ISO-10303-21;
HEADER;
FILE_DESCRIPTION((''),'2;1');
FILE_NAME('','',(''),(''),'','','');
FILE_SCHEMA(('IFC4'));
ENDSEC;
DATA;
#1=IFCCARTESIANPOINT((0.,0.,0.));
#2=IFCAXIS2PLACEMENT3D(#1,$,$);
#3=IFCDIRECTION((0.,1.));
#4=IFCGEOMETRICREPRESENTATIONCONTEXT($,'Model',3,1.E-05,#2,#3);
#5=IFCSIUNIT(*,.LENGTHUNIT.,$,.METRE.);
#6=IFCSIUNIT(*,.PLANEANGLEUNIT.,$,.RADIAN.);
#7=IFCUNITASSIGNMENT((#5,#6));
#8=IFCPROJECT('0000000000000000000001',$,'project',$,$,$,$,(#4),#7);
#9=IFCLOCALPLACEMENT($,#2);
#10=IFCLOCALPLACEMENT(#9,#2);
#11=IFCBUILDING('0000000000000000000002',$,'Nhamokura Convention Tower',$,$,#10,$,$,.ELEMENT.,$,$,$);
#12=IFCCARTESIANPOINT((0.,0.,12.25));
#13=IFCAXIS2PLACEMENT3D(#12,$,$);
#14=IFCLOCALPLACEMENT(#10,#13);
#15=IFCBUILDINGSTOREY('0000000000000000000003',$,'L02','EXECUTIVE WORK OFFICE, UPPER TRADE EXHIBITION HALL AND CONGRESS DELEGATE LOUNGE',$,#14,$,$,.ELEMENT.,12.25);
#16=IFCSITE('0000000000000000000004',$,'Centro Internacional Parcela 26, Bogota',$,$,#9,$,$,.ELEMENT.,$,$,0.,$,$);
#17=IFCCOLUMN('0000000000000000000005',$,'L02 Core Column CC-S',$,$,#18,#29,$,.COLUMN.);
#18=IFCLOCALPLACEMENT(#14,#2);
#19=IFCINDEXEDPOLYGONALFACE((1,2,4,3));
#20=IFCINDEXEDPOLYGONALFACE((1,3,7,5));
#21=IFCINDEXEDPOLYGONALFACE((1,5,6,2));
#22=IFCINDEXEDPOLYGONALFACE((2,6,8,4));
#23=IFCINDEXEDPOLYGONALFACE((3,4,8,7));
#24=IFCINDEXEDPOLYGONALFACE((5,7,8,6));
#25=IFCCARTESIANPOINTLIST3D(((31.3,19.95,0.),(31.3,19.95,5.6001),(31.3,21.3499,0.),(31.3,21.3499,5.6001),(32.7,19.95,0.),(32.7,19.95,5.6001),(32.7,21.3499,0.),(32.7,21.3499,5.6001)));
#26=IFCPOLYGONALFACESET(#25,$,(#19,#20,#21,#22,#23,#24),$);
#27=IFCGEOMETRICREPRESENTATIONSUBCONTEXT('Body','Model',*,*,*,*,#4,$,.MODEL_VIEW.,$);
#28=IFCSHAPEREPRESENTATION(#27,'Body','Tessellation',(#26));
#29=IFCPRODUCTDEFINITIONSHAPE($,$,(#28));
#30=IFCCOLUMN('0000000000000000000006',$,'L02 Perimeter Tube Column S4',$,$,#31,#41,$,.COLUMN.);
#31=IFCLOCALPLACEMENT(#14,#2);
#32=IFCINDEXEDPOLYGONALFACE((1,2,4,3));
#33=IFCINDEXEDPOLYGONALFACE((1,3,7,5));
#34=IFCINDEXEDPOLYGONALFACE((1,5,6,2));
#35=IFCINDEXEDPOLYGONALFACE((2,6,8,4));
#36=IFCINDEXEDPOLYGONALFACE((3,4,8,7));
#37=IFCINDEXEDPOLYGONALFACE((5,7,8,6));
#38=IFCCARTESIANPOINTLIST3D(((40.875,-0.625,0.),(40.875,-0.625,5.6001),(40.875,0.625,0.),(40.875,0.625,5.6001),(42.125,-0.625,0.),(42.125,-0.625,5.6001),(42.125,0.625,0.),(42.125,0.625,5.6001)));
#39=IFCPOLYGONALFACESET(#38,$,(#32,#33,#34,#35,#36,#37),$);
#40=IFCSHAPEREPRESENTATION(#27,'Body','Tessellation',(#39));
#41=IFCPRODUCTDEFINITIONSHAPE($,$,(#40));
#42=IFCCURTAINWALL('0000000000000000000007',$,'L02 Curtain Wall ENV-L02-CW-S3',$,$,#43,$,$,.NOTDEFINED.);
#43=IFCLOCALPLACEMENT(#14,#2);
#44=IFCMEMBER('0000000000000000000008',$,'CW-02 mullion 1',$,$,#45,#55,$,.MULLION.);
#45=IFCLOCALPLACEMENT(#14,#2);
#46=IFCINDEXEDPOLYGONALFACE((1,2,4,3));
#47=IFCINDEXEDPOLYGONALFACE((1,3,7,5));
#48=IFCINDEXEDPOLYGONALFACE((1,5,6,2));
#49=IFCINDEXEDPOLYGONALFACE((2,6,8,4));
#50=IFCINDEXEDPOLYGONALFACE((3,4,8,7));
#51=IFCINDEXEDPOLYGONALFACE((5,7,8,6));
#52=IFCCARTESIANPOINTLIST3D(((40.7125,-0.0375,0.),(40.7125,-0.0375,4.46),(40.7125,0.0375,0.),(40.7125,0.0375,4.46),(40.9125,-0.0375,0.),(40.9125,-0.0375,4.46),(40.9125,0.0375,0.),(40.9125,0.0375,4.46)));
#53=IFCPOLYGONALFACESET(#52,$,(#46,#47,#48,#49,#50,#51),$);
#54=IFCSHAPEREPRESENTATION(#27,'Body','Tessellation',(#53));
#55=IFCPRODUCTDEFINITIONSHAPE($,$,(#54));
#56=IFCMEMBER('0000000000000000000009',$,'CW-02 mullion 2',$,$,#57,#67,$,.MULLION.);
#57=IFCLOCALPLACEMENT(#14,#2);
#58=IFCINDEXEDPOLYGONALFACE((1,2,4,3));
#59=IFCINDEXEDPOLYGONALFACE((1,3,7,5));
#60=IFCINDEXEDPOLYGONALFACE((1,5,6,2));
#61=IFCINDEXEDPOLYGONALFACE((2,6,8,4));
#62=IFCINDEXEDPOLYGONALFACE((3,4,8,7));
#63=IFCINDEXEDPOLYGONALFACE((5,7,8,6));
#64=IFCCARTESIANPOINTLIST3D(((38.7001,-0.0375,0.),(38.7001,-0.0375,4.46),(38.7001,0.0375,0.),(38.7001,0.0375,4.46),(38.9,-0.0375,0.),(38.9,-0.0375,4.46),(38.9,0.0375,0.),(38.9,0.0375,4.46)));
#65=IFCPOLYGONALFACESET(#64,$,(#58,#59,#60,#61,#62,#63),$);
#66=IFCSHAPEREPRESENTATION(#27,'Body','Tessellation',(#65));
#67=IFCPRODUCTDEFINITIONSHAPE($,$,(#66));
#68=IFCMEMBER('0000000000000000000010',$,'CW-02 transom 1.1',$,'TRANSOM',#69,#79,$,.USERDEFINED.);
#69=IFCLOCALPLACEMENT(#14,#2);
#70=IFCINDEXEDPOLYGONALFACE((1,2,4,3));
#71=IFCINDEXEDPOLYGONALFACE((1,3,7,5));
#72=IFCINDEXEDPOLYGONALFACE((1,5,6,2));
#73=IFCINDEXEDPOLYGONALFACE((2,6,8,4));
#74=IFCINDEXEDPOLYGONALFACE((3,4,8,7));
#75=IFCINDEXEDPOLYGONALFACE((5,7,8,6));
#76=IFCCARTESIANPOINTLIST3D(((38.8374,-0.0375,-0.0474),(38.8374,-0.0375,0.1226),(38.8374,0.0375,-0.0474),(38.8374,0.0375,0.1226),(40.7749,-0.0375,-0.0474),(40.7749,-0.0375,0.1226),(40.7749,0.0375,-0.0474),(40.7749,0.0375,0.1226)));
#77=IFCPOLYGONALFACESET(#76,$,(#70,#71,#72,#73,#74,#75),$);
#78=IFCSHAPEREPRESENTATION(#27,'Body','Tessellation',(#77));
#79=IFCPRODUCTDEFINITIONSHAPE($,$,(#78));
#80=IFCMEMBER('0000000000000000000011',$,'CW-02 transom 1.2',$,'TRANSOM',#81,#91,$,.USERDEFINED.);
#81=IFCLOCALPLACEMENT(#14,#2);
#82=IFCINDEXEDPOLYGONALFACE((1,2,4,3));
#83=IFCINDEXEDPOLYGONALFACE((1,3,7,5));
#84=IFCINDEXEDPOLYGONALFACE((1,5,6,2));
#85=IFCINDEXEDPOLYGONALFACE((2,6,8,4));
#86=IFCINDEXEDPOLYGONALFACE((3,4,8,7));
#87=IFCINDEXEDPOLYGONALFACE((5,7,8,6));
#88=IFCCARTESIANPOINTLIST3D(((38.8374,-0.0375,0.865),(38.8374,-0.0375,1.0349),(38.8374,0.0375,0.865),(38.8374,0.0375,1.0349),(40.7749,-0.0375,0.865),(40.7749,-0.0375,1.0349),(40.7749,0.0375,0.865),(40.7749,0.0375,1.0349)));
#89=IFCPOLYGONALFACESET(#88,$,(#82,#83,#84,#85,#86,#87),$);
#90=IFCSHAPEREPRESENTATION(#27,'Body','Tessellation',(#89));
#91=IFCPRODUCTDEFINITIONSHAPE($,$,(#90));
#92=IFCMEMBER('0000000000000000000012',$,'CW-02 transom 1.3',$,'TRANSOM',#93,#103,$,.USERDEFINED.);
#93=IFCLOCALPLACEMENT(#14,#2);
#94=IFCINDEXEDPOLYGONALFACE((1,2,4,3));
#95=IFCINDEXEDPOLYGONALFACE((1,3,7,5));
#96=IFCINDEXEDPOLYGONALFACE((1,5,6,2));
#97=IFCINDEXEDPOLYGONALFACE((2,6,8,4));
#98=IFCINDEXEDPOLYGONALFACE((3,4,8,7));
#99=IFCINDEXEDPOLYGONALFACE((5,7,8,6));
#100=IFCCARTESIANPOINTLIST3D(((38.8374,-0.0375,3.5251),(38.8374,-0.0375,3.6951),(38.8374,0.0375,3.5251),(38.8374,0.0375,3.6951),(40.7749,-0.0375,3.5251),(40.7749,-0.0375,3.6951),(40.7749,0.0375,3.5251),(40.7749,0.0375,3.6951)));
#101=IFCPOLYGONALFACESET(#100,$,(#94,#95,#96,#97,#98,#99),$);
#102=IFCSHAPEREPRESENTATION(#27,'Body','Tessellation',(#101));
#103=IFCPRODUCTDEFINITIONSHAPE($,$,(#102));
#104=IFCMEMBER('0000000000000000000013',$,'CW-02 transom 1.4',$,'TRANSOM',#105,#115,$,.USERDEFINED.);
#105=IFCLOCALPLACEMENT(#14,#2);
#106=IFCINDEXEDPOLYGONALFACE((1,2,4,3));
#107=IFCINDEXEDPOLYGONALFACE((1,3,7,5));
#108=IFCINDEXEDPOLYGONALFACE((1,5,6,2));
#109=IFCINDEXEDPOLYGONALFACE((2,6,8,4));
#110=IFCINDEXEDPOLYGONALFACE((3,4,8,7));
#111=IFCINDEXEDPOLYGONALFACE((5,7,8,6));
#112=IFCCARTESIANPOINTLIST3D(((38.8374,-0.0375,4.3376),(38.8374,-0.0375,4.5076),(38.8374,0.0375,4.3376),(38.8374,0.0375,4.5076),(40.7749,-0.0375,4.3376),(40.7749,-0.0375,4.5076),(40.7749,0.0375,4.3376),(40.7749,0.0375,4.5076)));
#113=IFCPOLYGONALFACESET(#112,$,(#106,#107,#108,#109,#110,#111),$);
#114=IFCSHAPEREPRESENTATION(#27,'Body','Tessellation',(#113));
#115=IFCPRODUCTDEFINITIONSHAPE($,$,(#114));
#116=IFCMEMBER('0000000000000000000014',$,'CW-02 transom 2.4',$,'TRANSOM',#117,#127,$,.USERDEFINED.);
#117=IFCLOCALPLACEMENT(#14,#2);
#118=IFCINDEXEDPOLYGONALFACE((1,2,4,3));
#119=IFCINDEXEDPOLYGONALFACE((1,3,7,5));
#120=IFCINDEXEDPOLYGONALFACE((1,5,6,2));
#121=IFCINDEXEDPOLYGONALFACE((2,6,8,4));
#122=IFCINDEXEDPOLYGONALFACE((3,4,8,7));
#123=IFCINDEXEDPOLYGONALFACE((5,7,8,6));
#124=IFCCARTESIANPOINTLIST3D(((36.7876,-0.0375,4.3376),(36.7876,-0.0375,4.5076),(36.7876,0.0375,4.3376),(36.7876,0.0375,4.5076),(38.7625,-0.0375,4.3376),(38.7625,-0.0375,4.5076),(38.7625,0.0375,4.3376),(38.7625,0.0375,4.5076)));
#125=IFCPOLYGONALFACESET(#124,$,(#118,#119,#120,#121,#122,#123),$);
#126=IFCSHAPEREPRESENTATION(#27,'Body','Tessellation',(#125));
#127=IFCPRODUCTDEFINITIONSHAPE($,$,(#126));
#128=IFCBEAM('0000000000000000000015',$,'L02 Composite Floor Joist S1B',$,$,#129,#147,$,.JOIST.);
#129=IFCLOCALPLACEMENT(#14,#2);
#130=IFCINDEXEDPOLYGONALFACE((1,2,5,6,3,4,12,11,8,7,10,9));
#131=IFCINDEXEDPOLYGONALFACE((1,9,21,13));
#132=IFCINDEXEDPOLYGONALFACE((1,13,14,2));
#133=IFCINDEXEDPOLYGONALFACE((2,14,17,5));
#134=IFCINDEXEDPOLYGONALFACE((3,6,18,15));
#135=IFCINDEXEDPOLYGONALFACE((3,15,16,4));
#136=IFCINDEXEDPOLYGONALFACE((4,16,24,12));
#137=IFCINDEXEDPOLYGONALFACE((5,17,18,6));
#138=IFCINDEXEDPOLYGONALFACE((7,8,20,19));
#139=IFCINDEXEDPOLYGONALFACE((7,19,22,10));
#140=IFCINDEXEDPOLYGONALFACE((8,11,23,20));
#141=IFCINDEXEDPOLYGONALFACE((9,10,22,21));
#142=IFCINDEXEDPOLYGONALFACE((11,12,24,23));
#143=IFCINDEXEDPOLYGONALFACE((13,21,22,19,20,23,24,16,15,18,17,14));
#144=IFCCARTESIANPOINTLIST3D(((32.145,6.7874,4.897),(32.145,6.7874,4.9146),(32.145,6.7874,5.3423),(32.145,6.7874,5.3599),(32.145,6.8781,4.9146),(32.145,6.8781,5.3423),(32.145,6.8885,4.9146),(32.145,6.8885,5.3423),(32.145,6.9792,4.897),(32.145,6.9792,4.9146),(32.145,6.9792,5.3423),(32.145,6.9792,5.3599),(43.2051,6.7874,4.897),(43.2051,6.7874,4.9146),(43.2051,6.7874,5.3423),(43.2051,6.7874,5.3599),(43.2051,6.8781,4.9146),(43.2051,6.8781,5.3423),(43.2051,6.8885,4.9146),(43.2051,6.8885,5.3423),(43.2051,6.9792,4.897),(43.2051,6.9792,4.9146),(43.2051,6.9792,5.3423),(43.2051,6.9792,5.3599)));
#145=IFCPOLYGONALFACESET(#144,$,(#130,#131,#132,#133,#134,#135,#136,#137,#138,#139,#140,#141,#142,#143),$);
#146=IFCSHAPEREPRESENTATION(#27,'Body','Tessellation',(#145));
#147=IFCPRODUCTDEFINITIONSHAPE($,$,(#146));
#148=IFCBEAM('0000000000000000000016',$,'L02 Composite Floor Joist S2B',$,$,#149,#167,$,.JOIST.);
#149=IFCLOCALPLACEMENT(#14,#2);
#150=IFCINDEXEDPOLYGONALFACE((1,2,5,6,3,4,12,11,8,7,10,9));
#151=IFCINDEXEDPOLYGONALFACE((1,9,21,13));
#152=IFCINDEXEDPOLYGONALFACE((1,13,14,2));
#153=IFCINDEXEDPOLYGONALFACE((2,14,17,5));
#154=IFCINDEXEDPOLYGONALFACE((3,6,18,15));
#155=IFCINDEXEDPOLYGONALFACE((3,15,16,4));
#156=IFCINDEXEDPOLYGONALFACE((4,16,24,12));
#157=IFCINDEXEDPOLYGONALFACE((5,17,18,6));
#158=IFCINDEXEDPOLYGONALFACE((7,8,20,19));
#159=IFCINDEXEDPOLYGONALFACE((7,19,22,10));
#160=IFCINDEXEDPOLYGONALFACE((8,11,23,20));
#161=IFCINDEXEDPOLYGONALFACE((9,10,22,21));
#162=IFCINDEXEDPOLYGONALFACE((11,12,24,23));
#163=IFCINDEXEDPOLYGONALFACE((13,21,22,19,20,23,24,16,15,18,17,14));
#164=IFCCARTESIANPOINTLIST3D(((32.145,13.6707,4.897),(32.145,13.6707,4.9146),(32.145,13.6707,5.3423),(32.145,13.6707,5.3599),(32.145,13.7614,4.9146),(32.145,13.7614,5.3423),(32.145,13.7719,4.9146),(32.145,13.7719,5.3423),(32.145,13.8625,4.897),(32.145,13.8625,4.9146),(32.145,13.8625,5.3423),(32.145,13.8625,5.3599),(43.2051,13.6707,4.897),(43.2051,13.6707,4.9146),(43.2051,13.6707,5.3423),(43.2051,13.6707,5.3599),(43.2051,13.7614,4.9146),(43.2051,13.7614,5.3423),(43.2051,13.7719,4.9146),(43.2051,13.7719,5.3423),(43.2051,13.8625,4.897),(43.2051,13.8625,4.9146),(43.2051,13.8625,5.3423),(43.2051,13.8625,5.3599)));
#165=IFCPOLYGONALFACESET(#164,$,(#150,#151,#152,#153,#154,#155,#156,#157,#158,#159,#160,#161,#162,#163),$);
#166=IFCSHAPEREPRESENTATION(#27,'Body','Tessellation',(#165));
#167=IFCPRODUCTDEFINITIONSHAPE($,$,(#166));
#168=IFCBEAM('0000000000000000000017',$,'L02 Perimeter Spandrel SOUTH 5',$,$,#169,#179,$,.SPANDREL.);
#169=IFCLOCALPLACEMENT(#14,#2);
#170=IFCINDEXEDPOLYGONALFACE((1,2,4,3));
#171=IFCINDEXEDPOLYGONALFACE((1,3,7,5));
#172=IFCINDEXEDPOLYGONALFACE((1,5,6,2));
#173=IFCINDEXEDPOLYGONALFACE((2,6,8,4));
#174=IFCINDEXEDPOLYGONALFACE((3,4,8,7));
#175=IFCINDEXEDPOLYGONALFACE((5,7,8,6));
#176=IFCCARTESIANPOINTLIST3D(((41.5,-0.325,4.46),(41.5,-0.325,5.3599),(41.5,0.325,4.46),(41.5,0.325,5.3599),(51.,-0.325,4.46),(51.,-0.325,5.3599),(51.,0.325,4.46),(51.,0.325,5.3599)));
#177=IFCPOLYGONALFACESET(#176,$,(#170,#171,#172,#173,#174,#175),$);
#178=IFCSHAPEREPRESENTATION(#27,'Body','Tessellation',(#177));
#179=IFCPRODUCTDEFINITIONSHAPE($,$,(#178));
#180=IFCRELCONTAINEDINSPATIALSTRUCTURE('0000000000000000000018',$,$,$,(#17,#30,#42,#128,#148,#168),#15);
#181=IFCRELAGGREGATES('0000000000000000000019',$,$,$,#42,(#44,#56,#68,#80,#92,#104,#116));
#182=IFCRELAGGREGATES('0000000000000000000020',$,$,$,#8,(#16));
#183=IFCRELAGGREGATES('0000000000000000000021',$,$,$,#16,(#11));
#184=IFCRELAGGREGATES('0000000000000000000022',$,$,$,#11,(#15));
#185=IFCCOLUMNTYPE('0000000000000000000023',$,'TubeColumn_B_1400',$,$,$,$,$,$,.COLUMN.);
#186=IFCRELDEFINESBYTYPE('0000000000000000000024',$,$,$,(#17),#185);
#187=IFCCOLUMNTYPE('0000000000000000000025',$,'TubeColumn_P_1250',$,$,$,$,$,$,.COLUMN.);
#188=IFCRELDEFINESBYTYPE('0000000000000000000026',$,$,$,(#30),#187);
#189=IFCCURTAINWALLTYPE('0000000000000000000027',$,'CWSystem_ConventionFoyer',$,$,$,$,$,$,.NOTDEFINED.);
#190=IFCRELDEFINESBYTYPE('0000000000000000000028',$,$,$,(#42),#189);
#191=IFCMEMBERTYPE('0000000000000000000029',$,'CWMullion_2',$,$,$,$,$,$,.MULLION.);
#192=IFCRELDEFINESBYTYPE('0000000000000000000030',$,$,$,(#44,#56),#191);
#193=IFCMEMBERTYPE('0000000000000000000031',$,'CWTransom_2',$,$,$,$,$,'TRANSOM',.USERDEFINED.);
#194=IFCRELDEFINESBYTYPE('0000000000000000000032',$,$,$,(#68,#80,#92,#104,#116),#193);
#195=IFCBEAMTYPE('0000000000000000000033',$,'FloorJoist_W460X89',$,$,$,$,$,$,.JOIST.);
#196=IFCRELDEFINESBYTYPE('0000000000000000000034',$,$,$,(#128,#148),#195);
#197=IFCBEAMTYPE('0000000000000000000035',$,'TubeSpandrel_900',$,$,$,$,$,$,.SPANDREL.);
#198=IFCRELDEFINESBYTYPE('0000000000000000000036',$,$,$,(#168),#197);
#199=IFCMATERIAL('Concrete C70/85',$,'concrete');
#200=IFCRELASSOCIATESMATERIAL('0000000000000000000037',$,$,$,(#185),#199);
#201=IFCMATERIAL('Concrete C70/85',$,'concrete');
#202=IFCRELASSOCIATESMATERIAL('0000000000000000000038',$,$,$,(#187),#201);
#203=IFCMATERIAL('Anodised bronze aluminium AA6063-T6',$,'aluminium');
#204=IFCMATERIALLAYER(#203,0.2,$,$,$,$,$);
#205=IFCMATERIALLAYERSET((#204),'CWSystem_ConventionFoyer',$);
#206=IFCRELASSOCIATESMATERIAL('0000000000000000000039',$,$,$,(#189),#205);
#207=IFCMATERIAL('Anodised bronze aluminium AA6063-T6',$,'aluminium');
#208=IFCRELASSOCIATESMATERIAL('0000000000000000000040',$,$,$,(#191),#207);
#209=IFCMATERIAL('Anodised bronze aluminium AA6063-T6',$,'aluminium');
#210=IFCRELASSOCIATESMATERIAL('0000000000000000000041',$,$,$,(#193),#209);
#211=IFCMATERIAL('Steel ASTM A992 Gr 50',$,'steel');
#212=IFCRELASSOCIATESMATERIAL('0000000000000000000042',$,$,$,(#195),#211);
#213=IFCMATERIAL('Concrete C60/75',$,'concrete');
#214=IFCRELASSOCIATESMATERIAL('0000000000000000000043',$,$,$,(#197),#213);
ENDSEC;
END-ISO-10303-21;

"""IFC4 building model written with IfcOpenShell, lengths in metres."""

from ifc_helpers import new_model, si_unit, direction, frame, origin, origin_2d, place, context, subcontext, project, spatial, rectangle, i_section, extrude, material, layer, layer_set, material_profile, profile_set, type_object, element, aggregate, save


model = new_model("IFC4")

# Units and contexts
model_context = context("Model", 3, precision=1e-05, world=origin(), true_north=direction((0.0, 1.0)))
body_context = subcontext(model_context, "Body", "Model", "MODEL_VIEW")
ifc_project = project(units=[si_unit("LENGTHUNIT", "METRE"), si_unit("PLANEANGLEUNIT", "RADIAN")], contexts=[model_context])

# Site, building, storey
site_placement = place(None, origin())
site = spatial("IfcSite", under=ifc_project, at=site_placement, Name="Centro Internacional Parcela 26, Bogota", CompositionType="ELEMENT", RefElevation=0.0)
building_placement = place(site_placement, origin())
building = spatial("IfcBuilding", under=site, at=building_placement, Name="Nhamokura Convention Tower", CompositionType="ELEMENT")
storey_placement = place(building_placement, frame((0.0, 0.0, 12.25)))
storey = spatial("IfcBuildingStorey", under=building, at=storey_placement, Name="L02", Description="EXECUTIVE WORK OFFICE, UPPER TRADE EXHIBITION HALL AND CONGRESS DELEGATE LOUNGE", CompositionType="ELEMENT", Elevation=12.25)

# Columns
ifc_material_1 = material(Name="Concrete C70/85", Category="concrete")
ifc_material_profile_1 = material_profile(ifc_material_1, rectangle(XDim=1.3999, YDim=1.3999, at=origin_2d()))
ifc_profile_set_1 = profile_set([ifc_material_profile_1], Name="Concrete C70/85")
column_type_1 = type_object("IfcColumnType", Name="TubeColumn_B_1400", PredefinedType="COLUMN", material=ifc_profile_set_1)
column_1_placement = place(storey_placement, frame((32.0, 20.6499, 0.0), z_axis=(0.0, 0.0, 1.0), x_axis=(1.0, 0.0, 0.0)))
element("IfcColumn", 1, at=column_1_placement, inside=storey, type_object=column_type_1, Name="L02 Core Column CC-S", PredefinedType="COLUMN", context=body_context, shape_type="SweptSolid", body=[
    extrude(rectangle(XDim=1.3999, YDim=1.3999, at=origin_2d()), origin(), (0.0, 0.0, 1.0), 5.6001),
])
ifc_material_2 = material(Name="Concrete C70/85", Category="concrete")
ifc_material_profile_2 = material_profile(ifc_material_2, rectangle(XDim=1.25, YDim=1.25, at=origin_2d()))
ifc_profile_set_2 = profile_set([ifc_material_profile_2], Name="Concrete C70/85")
column_type_2 = type_object("IfcColumnType", Name="TubeColumn_P_1250", PredefinedType="COLUMN", material=ifc_profile_set_2)
column_2_placement = place(storey_placement, frame((41.5, 0.0, 0.0), z_axis=(0.0, 0.0, 1.0), x_axis=(1.0, 0.0, 0.0)))
element("IfcColumn", 2, at=column_2_placement, inside=storey, type_object=column_type_2, Name="L02 Perimeter Tube Column S4", PredefinedType="COLUMN", context=body_context, shape_type="SweptSolid", body=[
    extrude(rectangle(XDim=1.25, YDim=1.25, at=origin_2d()), origin(), (0.0, 0.0, 1.0), 5.6001),
])

# Curtain wall, members
ifc_material_3 = material(Name="Anodised bronze aluminium AA6063-T6", Category="aluminium")
ifc_layer_1 = layer(ifc_material_3, 0.2)
ifc_layer_set_1 = layer_set([ifc_layer_1], Name="CWSystem_ConventionFoyer")
curtain_wall_type = type_object("IfcCurtainWallType", Name="CWSystem_ConventionFoyer", PredefinedType="NOTDEFINED", material=ifc_layer_set_1)
curtain_wall_placement = place(storey_placement, origin())
curtain_wall = element("IfcCurtainWall", 3, at=curtain_wall_placement, inside=storey, type_object=curtain_wall_type, Name="L02 Curtain Wall ENV-L02-CW-S3", PredefinedType="NOTDEFINED")
ifc_material_4 = material(Name="Anodised bronze aluminium AA6063-T6", Category="aluminium")
ifc_material_profile_3 = material_profile(ifc_material_4, rectangle(XDim=0.075, YDim=0.2, at=origin_2d()))
ifc_profile_set_3 = profile_set([ifc_material_profile_3], Name="Anodised bronze aluminium AA6063-T6")
member_type_1 = type_object("IfcMemberType", Name="CWMullion_2", PredefinedType="MULLION", material=ifc_profile_set_3)
member_1_placement = place(storey_placement, frame((40.8125, 0.0, 0.0), z_axis=(0.0, 0.0, 1.0), x_axis=(0.0, -1.0, 0.0)))
member_1 = element("IfcMember", 4, at=member_1_placement, type_object=member_type_1, Name="CW-02 mullion 1", PredefinedType="MULLION", context=body_context, shape_type="SweptSolid", body=[
    extrude(rectangle(XDim=0.075, YDim=0.2, at=origin_2d()), origin(), (0.0, 0.0, 1.0), 4.46),
])
member_2_placement = place(storey_placement, frame((38.8, 0.0, 0.0), z_axis=(0.0, 0.0, 1.0), x_axis=(0.0, -1.0, 0.0)))
member_2 = element("IfcMember", 5, at=member_2_placement, type_object=member_type_1, Name="CW-02 mullion 2", PredefinedType="MULLION", context=body_context, shape_type="SweptSolid", body=[
    extrude(rectangle(XDim=0.075, YDim=0.2, at=origin_2d()), origin(), (0.0, 0.0, 1.0), 4.46),
])
ifc_material_5 = material(Name="Anodised bronze aluminium AA6063-T6", Category="aluminium")
ifc_material_profile_4 = material_profile(ifc_material_5, rectangle(XDim=0.075, YDim=0.1699, at=origin_2d()))
ifc_profile_set_4 = profile_set([ifc_material_profile_4], Name="Anodised bronze aluminium AA6063-T6")
member_type_2 = type_object("IfcMemberType", Name="CWTransom_2", ElementType="TRANSOM", PredefinedType="USERDEFINED", material=ifc_profile_set_4)
member_3_placement = place(storey_placement, frame((40.7749, 0.0, 0.0376), z_axis=(-1.0, 0.0, 0.0), x_axis=(0.0, -1.0, 0.0)))
member_3 = element("IfcMember", 6, at=member_3_placement, type_object=member_type_2, Name="CW-02 transom 1.1", ObjectType="TRANSOM", PredefinedType="USERDEFINED", context=body_context, shape_type="SweptSolid", body=[
    extrude(rectangle(XDim=0.075, YDim=0.1699, at=origin_2d()), origin(), (0.0, 0.0, 1.0), 1.9375),
])
member_4_placement = place(storey_placement, frame((40.7749, 0.0, 0.95), z_axis=(-1.0, 0.0, 0.0), x_axis=(0.0, -1.0, 0.0)))
member_4 = element("IfcMember", 7, at=member_4_placement, type_object=member_type_2, Name="CW-02 transom 1.2", ObjectType="TRANSOM", PredefinedType="USERDEFINED", context=body_context, shape_type="SweptSolid", body=[
    extrude(rectangle(XDim=0.075, YDim=0.1699, at=origin_2d()), origin(), (0.0, 0.0, 1.0), 1.9375),
])
member_5_placement = place(storey_placement, frame((40.7749, 0.0, 3.6101), z_axis=(-1.0, 0.0, 0.0), x_axis=(0.0, -1.0, 0.0)))
member_5 = element("IfcMember", 8, at=member_5_placement, type_object=member_type_2, Name="CW-02 transom 1.3", ObjectType="TRANSOM", PredefinedType="USERDEFINED", context=body_context, shape_type="SweptSolid", body=[
    extrude(rectangle(XDim=0.075, YDim=0.1699, at=origin_2d()), origin(), (0.0, 0.0, 1.0), 1.9375),
])
member_6_placement = place(storey_placement, frame((40.7749, 0.0, 4.4226), z_axis=(-1.0, 0.0, 0.0), x_axis=(0.0, -1.0, 0.0)))
member_6 = element("IfcMember", 9, at=member_6_placement, type_object=member_type_2, Name="CW-02 transom 1.4", ObjectType="TRANSOM", PredefinedType="USERDEFINED", context=body_context, shape_type="SweptSolid", body=[
    extrude(rectangle(XDim=0.075, YDim=0.1699, at=origin_2d()), origin(), (0.0, 0.0, 1.0), 1.9375),
])
member_7_placement = place(storey_placement, frame((38.7625, 0.0, 4.4226), z_axis=(-1.0, 0.0, 0.0), x_axis=(0.0, -1.0, 0.0)))
member_7 = element("IfcMember", 10, at=member_7_placement, type_object=member_type_2, Name="CW-02 transom 2.4", ObjectType="TRANSOM", PredefinedType="USERDEFINED", context=body_context, shape_type="SweptSolid", body=[
    extrude(rectangle(XDim=0.075, YDim=0.1699, at=origin_2d()), origin(), (0.0, 0.0, 1.0), 1.9749),
])

# Beams
ifc_material_6 = material(Name="Steel ASTM A992 Gr 50", Category="steel")
ifc_material_profile_5 = material_profile(ifc_material_6, i_section(OverallWidth=0.1919, OverallDepth=0.4629, WebThickness=0.0105, FlangeThickness=0.0176, at=origin_2d()))
ifc_profile_set_5 = profile_set([ifc_material_profile_5], Name="Steel ASTM A992 Gr 50")
beam_type_1 = type_object("IfcBeamType", Name="FloorJoist_W460X89", PredefinedType="JOIST", material=ifc_profile_set_5)
for number, where, z_axis, x_axis, name in (
    (11, (32.145, 6.8833, 5.1284), (1.0, 0.0, 0.0), (0.0, 1.0, 0.0), "L02 Composite Floor Joist S1B"),
    (12, (32.145, 13.7666, 5.1284), (1.0, 0.0, 0.0), (0.0, 1.0, 0.0), "L02 Composite Floor Joist S2B"),
):
    element("IfcBeam", number, at=place(storey_placement, frame(where, z_axis=z_axis, x_axis=x_axis)), inside=storey, type_object=beam_type_1, Name=name, PredefinedType="JOIST", context=body_context, shape_type="SweptSolid", body=[
        extrude(i_section(OverallWidth=0.1919, OverallDepth=0.4629, WebThickness=0.0105, FlangeThickness=0.0176, at=origin_2d()), origin(), (0.0, 0.0, 1.0), 11.0601),
    ])
ifc_material_7 = material(Name="Concrete C60/75", Category="concrete")
ifc_material_profile_6 = material_profile(ifc_material_7, rectangle(XDim=0.6499, YDim=0.8999, at=origin_2d()))
ifc_profile_set_6 = profile_set([ifc_material_profile_6], Name="Concrete C60/75")
beam_type_2 = type_object("IfcBeamType", Name="TubeSpandrel_900", PredefinedType="SPANDREL", material=ifc_profile_set_6)
beam_placement = place(storey_placement, frame((41.5, 0.0, 4.9099), z_axis=(1.0, 0.0, 0.0), x_axis=(0.0, 1.0, 0.0)))
element("IfcBeam", 13, at=beam_placement, inside=storey, type_object=beam_type_2, Name="L02 Perimeter Spandrel SOUTH 5", PredefinedType="SPANDREL", context=body_context, shape_type="SweptSolid", body=[
    extrude(rectangle(XDim=0.6499, YDim=0.8999, at=origin_2d()), origin(), (0.0, 0.0, 1.0), 9.5),
])

aggregate(curtain_wall, [member_1, member_2, member_3, member_4, member_5, member_6, member_7])

save(model, "model.ifc")
